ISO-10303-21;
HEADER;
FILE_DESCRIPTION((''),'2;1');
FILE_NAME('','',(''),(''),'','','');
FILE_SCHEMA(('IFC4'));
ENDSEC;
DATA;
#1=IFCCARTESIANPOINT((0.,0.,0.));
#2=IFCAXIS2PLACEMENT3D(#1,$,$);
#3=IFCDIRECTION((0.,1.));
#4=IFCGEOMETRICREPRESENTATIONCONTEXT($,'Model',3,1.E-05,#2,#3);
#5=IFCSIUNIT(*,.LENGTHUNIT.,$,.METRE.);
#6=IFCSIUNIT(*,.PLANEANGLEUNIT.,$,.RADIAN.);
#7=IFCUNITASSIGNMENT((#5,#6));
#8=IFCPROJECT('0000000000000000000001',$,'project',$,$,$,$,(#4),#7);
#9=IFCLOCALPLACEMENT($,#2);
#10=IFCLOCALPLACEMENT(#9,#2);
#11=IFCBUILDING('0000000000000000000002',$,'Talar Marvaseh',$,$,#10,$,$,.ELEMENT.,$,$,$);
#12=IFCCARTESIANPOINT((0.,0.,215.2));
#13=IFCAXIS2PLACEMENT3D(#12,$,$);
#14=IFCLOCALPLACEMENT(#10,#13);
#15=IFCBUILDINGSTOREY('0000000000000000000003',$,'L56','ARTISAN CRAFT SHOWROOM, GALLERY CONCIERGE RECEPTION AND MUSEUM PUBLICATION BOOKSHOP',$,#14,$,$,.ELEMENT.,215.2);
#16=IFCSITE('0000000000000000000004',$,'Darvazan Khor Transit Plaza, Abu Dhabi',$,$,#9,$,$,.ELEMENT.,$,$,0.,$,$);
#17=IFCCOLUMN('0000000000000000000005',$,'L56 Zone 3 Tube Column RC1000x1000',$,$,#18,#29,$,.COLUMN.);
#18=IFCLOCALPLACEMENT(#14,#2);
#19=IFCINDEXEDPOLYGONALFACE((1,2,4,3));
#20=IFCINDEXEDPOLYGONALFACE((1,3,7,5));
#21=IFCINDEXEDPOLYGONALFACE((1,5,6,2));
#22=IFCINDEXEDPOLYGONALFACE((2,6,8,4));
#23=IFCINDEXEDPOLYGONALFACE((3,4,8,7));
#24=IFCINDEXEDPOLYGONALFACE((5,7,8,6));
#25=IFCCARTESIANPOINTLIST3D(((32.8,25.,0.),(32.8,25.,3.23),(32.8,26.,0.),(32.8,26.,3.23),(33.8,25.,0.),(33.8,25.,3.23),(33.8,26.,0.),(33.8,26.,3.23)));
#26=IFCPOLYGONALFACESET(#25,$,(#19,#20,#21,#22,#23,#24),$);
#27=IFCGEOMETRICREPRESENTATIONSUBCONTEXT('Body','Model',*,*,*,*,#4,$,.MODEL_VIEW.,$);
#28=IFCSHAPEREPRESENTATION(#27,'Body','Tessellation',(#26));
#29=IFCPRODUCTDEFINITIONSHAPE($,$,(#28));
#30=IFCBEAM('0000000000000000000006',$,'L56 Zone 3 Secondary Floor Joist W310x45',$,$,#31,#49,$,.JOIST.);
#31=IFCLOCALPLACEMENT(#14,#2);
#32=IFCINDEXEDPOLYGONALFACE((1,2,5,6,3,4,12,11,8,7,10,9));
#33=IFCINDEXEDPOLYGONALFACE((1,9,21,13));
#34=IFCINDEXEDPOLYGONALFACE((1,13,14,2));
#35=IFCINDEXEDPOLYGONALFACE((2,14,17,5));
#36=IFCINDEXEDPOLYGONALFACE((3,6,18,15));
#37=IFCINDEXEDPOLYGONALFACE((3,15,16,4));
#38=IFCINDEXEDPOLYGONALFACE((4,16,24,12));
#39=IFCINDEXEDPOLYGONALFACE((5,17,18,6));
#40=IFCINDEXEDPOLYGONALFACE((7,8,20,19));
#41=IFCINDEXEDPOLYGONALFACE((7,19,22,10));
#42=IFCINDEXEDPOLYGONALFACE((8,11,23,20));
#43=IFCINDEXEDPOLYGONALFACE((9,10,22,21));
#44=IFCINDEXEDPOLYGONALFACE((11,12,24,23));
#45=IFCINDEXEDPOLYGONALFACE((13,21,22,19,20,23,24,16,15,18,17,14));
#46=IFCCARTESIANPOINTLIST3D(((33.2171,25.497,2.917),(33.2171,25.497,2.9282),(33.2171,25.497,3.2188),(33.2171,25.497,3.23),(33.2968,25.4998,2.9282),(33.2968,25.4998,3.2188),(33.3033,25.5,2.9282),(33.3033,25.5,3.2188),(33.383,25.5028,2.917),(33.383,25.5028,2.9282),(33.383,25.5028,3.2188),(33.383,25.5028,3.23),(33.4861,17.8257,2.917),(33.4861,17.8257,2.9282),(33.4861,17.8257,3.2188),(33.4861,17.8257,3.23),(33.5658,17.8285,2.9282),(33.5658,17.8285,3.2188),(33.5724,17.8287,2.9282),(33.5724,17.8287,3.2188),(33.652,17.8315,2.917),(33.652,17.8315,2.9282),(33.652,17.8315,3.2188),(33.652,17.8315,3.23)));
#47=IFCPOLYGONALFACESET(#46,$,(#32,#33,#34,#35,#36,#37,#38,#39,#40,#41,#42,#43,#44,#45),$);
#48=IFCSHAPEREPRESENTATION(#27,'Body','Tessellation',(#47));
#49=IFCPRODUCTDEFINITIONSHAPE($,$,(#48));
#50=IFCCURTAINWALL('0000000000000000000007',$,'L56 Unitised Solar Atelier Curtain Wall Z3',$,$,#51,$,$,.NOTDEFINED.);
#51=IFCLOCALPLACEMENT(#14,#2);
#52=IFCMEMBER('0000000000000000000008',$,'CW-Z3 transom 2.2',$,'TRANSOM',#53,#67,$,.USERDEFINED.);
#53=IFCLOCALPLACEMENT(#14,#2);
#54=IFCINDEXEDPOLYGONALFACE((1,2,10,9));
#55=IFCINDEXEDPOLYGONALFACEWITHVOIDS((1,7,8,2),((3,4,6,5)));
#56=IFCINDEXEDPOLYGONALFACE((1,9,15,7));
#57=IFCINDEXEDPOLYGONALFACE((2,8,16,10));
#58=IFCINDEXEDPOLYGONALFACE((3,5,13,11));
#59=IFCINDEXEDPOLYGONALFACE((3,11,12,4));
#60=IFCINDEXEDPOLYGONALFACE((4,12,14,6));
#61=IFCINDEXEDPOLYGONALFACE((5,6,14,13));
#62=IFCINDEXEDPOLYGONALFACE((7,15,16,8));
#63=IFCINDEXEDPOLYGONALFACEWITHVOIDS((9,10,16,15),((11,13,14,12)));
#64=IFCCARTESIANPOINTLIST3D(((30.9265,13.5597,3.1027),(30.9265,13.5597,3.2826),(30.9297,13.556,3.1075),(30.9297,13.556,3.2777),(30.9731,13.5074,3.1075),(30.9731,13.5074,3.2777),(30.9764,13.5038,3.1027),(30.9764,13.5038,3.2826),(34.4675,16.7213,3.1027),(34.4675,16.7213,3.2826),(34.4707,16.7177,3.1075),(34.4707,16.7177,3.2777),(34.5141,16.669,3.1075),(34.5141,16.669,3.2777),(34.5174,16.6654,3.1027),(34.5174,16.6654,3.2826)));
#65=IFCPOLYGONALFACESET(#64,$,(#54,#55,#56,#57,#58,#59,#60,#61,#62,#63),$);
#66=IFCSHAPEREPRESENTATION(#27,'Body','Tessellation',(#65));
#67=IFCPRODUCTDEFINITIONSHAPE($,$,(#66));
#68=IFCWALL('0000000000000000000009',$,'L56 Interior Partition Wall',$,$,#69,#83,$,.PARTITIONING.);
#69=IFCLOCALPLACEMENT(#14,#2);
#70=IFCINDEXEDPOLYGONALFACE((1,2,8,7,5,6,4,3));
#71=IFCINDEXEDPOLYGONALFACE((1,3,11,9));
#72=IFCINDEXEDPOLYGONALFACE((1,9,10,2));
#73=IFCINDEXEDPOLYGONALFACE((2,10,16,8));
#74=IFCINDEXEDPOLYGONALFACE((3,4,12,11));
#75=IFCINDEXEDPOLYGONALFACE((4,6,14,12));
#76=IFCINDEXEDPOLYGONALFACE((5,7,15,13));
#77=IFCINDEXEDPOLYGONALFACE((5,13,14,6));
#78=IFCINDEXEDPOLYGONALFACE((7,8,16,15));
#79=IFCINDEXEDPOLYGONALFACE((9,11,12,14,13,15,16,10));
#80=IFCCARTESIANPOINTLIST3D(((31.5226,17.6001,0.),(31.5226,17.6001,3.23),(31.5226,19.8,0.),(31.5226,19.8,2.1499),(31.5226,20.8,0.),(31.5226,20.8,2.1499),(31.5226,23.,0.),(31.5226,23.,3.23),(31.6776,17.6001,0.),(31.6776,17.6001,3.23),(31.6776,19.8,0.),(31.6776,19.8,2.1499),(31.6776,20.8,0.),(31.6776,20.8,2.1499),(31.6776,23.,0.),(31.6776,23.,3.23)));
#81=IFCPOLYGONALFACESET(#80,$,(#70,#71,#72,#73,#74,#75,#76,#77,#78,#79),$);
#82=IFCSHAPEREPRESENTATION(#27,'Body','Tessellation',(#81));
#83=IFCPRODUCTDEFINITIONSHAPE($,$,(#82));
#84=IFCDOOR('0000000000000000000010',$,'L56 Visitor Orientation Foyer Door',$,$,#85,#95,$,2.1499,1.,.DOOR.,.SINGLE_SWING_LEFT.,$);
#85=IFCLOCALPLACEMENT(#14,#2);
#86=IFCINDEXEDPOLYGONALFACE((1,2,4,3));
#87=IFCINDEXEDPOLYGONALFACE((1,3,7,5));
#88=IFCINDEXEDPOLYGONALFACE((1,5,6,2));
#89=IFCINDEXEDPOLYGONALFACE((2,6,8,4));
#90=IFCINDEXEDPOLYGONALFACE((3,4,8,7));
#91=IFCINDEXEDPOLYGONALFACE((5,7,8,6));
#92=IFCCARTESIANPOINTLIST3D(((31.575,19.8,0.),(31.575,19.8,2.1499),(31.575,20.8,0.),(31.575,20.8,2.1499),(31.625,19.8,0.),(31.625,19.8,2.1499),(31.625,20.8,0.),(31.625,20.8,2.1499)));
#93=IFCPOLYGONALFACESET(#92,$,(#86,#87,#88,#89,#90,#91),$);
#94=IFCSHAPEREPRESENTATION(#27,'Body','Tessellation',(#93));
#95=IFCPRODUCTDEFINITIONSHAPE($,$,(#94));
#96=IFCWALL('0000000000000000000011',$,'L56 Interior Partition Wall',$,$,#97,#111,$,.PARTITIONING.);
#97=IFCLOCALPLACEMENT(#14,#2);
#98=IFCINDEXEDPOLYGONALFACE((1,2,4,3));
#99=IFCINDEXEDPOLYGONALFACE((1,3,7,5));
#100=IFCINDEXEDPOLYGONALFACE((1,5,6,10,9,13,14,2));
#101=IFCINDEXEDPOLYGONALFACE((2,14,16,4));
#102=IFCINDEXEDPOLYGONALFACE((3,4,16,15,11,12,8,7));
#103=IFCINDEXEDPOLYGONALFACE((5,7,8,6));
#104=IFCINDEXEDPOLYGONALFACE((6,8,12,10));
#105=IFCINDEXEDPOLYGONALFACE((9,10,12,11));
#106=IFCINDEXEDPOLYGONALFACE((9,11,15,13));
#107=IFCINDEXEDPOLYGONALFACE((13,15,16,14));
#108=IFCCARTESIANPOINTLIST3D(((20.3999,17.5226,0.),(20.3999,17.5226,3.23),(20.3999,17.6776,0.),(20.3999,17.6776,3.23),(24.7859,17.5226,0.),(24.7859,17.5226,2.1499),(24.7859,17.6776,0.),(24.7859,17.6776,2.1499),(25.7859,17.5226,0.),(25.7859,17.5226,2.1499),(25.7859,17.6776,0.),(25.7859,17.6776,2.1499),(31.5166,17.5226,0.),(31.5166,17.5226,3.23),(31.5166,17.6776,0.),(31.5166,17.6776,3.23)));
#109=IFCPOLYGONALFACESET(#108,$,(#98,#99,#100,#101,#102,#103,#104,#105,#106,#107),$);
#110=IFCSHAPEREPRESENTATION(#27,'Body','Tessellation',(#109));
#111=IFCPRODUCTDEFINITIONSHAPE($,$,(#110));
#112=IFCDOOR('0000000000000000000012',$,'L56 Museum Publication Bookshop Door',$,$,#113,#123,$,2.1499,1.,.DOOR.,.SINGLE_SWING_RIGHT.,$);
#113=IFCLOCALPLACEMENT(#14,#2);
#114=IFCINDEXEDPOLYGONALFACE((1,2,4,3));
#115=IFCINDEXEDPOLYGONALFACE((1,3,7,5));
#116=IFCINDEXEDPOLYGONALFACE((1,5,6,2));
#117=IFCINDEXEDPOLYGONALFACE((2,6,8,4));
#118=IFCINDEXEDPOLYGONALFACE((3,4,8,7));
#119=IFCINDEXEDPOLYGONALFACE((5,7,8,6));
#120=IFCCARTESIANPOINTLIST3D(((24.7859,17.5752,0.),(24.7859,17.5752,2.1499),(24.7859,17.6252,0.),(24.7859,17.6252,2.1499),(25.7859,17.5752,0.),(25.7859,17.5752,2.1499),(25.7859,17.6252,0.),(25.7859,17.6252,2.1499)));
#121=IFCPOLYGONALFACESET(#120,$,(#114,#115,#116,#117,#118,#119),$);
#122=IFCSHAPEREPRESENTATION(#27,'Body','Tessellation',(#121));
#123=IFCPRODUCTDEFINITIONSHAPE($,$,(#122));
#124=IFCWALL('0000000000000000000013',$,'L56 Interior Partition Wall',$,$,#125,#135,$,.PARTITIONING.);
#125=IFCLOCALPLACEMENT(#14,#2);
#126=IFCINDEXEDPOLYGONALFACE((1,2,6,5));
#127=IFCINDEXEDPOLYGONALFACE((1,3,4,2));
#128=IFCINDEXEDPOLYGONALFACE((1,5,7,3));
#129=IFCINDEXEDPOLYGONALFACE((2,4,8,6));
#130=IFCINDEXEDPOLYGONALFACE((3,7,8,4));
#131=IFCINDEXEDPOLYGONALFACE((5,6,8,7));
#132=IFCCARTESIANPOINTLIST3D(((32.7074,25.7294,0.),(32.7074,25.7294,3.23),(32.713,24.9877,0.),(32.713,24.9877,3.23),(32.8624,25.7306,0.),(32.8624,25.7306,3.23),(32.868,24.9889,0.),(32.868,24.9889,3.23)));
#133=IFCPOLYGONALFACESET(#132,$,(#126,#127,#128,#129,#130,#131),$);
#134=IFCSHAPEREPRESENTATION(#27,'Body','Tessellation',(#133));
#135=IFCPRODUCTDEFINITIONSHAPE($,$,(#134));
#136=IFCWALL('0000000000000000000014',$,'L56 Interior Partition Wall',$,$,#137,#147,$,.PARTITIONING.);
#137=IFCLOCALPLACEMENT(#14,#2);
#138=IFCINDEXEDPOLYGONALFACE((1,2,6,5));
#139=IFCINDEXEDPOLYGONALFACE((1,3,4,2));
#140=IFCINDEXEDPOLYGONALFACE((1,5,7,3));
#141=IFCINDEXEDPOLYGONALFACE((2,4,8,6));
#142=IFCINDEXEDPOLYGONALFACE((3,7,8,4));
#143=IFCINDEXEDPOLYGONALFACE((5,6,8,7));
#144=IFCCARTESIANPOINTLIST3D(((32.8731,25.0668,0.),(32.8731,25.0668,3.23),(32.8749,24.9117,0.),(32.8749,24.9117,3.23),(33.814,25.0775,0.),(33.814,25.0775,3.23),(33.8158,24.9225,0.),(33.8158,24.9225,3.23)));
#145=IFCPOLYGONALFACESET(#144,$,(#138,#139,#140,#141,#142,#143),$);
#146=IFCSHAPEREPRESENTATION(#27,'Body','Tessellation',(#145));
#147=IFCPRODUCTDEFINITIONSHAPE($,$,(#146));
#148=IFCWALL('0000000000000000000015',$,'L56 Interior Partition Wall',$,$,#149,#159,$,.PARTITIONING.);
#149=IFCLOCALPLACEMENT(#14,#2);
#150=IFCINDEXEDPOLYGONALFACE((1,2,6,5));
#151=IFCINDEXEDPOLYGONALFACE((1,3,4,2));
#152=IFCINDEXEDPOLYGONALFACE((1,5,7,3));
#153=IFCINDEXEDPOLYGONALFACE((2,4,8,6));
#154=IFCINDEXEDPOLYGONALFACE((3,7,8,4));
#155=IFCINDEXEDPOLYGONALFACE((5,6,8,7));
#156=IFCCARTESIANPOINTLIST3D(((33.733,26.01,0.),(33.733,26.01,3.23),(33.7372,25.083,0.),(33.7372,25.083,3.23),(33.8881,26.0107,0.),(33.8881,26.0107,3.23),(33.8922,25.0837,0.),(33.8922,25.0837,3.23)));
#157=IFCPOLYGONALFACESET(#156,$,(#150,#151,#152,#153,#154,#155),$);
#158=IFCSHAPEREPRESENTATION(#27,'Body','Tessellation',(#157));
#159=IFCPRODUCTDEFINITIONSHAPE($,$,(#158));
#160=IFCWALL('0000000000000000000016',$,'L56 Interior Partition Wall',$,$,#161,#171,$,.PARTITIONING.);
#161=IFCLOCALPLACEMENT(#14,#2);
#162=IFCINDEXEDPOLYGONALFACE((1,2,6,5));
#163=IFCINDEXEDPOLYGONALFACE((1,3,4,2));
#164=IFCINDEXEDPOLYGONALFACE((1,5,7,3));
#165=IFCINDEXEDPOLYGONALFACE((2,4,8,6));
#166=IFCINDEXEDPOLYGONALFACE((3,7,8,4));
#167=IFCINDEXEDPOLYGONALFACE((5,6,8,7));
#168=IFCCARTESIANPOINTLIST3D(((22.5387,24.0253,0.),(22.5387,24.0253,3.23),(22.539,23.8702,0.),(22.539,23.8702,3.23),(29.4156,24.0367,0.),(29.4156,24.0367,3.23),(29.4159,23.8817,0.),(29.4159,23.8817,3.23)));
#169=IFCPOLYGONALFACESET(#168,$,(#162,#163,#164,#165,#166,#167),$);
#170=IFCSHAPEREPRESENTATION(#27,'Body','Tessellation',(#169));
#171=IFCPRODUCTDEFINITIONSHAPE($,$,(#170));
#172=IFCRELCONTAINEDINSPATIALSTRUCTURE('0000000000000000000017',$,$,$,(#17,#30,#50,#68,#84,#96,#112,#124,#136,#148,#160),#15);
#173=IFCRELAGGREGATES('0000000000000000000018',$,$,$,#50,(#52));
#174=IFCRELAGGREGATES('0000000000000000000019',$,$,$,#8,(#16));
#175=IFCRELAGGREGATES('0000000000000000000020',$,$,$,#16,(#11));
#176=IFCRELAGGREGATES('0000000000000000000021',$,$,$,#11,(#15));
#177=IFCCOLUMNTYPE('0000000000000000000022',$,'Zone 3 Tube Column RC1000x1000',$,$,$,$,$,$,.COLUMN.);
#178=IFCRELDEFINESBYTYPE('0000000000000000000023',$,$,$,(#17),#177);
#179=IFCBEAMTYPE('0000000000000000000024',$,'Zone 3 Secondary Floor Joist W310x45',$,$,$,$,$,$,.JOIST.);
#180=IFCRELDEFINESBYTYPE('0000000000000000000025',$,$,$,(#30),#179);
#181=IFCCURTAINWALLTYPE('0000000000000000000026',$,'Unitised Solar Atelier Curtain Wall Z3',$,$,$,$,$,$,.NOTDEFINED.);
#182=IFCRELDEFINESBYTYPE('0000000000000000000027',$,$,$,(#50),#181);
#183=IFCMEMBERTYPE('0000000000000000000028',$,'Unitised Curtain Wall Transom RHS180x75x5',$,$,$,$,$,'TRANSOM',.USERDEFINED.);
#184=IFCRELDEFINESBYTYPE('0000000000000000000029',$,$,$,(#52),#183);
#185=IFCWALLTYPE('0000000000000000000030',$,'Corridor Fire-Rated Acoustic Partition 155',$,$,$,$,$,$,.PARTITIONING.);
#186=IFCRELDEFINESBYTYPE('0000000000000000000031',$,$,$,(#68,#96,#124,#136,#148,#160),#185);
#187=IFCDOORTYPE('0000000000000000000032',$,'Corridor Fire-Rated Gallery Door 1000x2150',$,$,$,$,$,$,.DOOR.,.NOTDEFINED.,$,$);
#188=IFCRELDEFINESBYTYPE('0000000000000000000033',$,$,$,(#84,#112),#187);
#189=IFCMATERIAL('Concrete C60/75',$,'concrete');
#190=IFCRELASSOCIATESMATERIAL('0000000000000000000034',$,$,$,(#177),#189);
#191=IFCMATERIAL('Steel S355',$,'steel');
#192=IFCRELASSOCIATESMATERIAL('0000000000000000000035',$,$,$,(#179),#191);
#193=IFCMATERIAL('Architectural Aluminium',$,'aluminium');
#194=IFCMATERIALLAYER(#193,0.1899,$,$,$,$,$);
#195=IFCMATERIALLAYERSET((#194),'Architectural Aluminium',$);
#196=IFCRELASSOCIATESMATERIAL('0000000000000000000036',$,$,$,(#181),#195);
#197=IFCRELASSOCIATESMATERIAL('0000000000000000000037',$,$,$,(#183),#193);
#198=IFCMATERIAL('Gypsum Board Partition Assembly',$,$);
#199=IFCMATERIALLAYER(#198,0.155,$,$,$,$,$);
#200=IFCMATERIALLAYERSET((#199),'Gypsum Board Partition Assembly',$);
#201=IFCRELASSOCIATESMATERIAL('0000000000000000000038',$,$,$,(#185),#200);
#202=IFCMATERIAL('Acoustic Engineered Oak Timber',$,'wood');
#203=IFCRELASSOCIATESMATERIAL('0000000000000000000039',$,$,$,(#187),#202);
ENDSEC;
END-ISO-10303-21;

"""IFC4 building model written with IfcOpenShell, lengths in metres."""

from ifc_helpers import new_model, si_unit, direction, frame, frame_2d, origin, origin_2d, place, context, subcontext, project, spatial, rectangle, hollow_rectangle, i_section, extrude, source, transform, mapped, material, layer, layer_set, material_profile, profile_set, type_object, type_shapes, element, fill, aggregate, save


model = new_model("IFC4")

# Units and contexts
model_context = context("Model", 3, precision=1e-05, world=origin(), true_north=direction((0.0, 1.0)))
body_context = subcontext(model_context, "Body", "Model", "MODEL_VIEW")
ifc_project = project(units=[si_unit("LENGTHUNIT", "METRE"), si_unit("PLANEANGLEUNIT", "RADIAN")], contexts=[model_context])

# Site, building, storey
site_placement = place(None, origin())
site = spatial("IfcSite", under=ifc_project, at=site_placement, Name="Darvazan Khor Transit Plaza, Abu Dhabi", CompositionType="ELEMENT", RefElevation=0.0)
building_placement = place(site_placement, origin())
building = spatial("IfcBuilding", under=site, at=building_placement, Name="Talar Marvaseh", CompositionType="ELEMENT")
storey_placement = place(building_placement, frame((0.0, 0.0, 215.2)))
storey = spatial("IfcBuildingStorey", under=building, at=storey_placement, Name="L56", Description="ARTISAN CRAFT SHOWROOM, GALLERY CONCIERGE RECEPTION AND MUSEUM PUBLICATION BOOKSHOP", CompositionType="ELEMENT", Elevation=215.2)

# Column
ifc_material_1 = material(Name="Concrete C60/75", Category="concrete")
ifc_material_profile_1 = material_profile(ifc_material_1, rectangle(XDim=1.0, YDim=1.0, at=origin_2d()), Name="RC1000x1000")
ifc_profile_set_1 = profile_set([ifc_material_profile_1], Name="Concrete C60/75")
column_type = type_object("IfcColumnType", Name="Zone 3 Tube Column RC1000x1000", PredefinedType="COLUMN", material=ifc_profile_set_1)
column_placement = place(storey_placement, frame((33.3, 25.5, 0.0), z_axis=(0.0, 0.0, 1.0), x_axis=(1.0, 0.0, 0.0)))
element("IfcColumn", 1, at=column_placement, inside=storey, type_object=column_type, Name="L56 Zone 3 Tube Column RC1000x1000", PredefinedType="COLUMN", context=body_context, shape_type="SweptSolid", body=[
    extrude(rectangle(XDim=1.0, YDim=1.0, at=origin_2d()), origin(), (0.0, 0.0, 1.0), 3.23),
])

# Beam
ifc_material_2 = material(Name="Steel S355", Category="steel")
ifc_material_profile_2 = material_profile(ifc_material_2, i_section(OverallWidth=0.166, OverallDepth=0.313, WebThickness=0.0066, FlangeThickness=0.0112, at=origin_2d()), Name="W310x45")
ifc_profile_set_2 = profile_set([ifc_material_profile_2], Name="Steel S355")
beam_type = type_object("IfcBeamType", Name="Zone 3 Secondary Floor Joist W310x45", PredefinedType="JOIST", material=ifc_profile_set_2)
beam_placement = place(storey_placement, frame((33.5691, 17.8286, 3.0735), z_axis=(-0.035049, 0.999386, 0.0), x_axis=(-0.999386, -0.035049, 0.0)))
element("IfcBeam", 2, at=beam_placement, inside=storey, type_object=beam_type, Name="L56 Zone 3 Secondary Floor Joist W310x45", PredefinedType="JOIST", context=body_context, shape_type="SweptSolid", body=[
    extrude(i_section(OverallWidth=0.166, OverallDepth=0.313, WebThickness=0.0066, FlangeThickness=0.0112, at=origin_2d()), origin(), (0.0, 0.0, 1.0), 7.676),
])

# Curtain wall, member
ifc_material_3 = material(Name="Architectural Aluminium", Category="aluminium")
ifc_layer_1 = layer(ifc_material_3, 0.1899)
ifc_layer_set_1 = layer_set([ifc_layer_1], Name="Architectural Aluminium")
curtain_wall_type = type_object("IfcCurtainWallType", Name="Unitised Solar Atelier Curtain Wall Z3", PredefinedType="NOTDEFINED", material=ifc_layer_set_1)
curtain_wall_placement = place(storey_placement, origin())
curtain_wall = element("IfcCurtainWall", 3, at=curtain_wall_placement, inside=storey, type_object=curtain_wall_type, Name="L56 Unitised Solar Atelier Curtain Wall Z3", PredefinedType="NOTDEFINED")
ifc_material_profile_3 = material_profile(ifc_material_3, hollow_rectangle(XDim=0.075, YDim=0.1799, WallThickness=0.0049, at=origin_2d()), Name="RHS180x75x5")
ifc_profile_set_3 = profile_set([ifc_material_profile_3], Name="Architectural Aluminium")
member_type = type_object("IfcMemberType", Name="Unitised Curtain Wall Transom RHS180x75x5", ElementType="TRANSOM", PredefinedType="USERDEFINED", material=ifc_profile_set_3)
shared_shape_1 = source(origin(), body_context, "Body", "SweptSolid", [
    extrude(hollow_rectangle(XDim=0.075, YDim=0.1799, WallThickness=0.0049, at=origin_2d()), origin(), (0.0, 0.0, 1.0), 4.7471),
])
type_shapes(member_type, [shared_shape_1])
member_placement = place(storey_placement, frame((34.4924, 16.6934, 3.1926), z_axis=(-0.745938, -0.666016, 0.0), x_axis=(0.666016, -0.745938, 0.0)))
member = element("IfcMember", 4, at=member_placement, type_object=member_type, Name="CW-Z3 transom 2.2", ObjectType="TRANSOM", PredefinedType="USERDEFINED", context=body_context, shape_type="MappedRepresentation", body=[
    mapped(shared_shape_1, transform((0.0, 0.0, 0.0), x_axis=(1.0, 0.0, 0.0), y_axis=(0.0, 1.0, 0.0), z_axis=(0.0, 0.0, 1.0), scale=1.0)),
])
aggregate(curtain_wall, [member])

# Walls, openings, doors
ifc_material_4 = material(Name="Gypsum Board Partition Assembly")
ifc_layer_2 = layer(ifc_material_4, 0.155)
ifc_layer_set_2 = layer_set([ifc_layer_2], Name="Gypsum Board Partition Assembly")
wall_type_1 = type_object("IfcWallType", Name="Corridor Fire-Rated Acoustic Partition 155", PredefinedType="PARTITIONING", material=ifc_layer_set_2)
wall_1_placement = place(storey_placement, frame((31.6001, 23.0, 0.0), z_axis=(0.0, 0.0, 1.0), x_axis=(0.0, -1.0, 0.0)))
wall_1 = element("IfcWall", 5, at=wall_1_placement, inside=storey, type_object=wall_type_1, Name="L56 Interior Partition Wall", PredefinedType="PARTITIONING", context=body_context, shape_type="SweptSolid", body=[
    extrude(rectangle(XDim=5.3999, YDim=0.155, at=frame_2d((2.7, 0.0))), origin(), (0.0, 0.0, 1.0), 3.23),
])
opening_1_placement = place(wall_1_placement, frame((2.2, 0.0, 0.0)))
opening_1 = element("IfcOpeningElement", 6, at=opening_1_placement, cuts=wall_1, PredefinedType="OPENING", context=body_context, shape_type="SweptSolid", body=[
    extrude(rectangle(XDim=1.0, YDim=2.1499, at=frame_2d((0.5, 1.075))), frame((0.0, 0.0874, 0.0), z_axis=(0.0, -1.0, 0.0), x_axis=(1.0, 0.0, 0.0)), (0.0, 0.0, 1.0), 0.175),
])
ifc_material_5 = material(Name="Acoustic Engineered Oak Timber", Category="wood")
door_type = type_object("IfcDoorType", Name="Corridor Fire-Rated Gallery Door 1000x2150", OperationType="NOTDEFINED", PredefinedType="DOOR", material=ifc_material_5)
shared_shape_2 = source(origin(), body_context, "Body", "SweptSolid", [
    extrude(rectangle(XDim=1.0, YDim=2.1499, at=frame_2d((0.5, 1.075))), frame((0.0, 0.0249, 0.0), z_axis=(0.0, -1.0, 0.0), x_axis=(1.0, 0.0, 0.0)), (0.0, 0.0, 1.0), 0.05),
])
type_shapes(door_type, [shared_shape_2])
door_1_placement = place(opening_1_placement, origin())
door_1 = element("IfcDoor", 7, at=door_1_placement, inside=storey, type_object=door_type, Name="L56 Visitor Orientation Foyer Door", OperationType="SINGLE_SWING_LEFT", OverallHeight=2.1499, OverallWidth=1.0, PredefinedType="DOOR", context=body_context, shape_type="MappedRepresentation", body=[
    mapped(shared_shape_2, transform((0.0, 0.0, 0.0), x_axis=(1.0, 0.0, 0.0), y_axis=(0.0, 1.0, 0.0), z_axis=(0.0, 0.0, 1.0), scale=1.0)),
])
fill(opening_1, door_1)
wall_2_placement = place(storey_placement, frame((31.5166, 17.6001, 0.0), z_axis=(0.0, 0.0, 1.0), x_axis=(-1.0, 0.0, 0.0)))
wall_2 = element("IfcWall", 8, at=wall_2_placement, inside=storey, type_object=wall_type_1, Name="L56 Interior Partition Wall", PredefinedType="PARTITIONING", context=body_context, shape_type="SweptSolid", body=[
    extrude(rectangle(XDim=11.1167, YDim=0.155, at=frame_2d((5.5583, 0.0))), origin(), (0.0, 0.0, 1.0), 3.23),
])
opening_2_placement = place(wall_2_placement, frame((5.7307, 0.0, 0.0)))
opening_2 = element("IfcOpeningElement", 9, at=opening_2_placement, cuts=wall_2, PredefinedType="OPENING", context=body_context, shape_type="SweptSolid", body=[
    extrude(rectangle(XDim=1.0, YDim=2.1499, at=frame_2d((0.5, 1.075))), frame((0.0, 0.0874, 0.0), z_axis=(0.0, -1.0, 0.0), x_axis=(1.0, 0.0, 0.0)), (0.0, 0.0, 1.0), 0.175),
])
door_2_placement = place(opening_2_placement, origin())
door_2 = element("IfcDoor", 10, at=door_2_placement, inside=storey, type_object=door_type, Name="L56 Museum Publication Bookshop Door", OperationType="SINGLE_SWING_RIGHT", OverallHeight=2.1499, OverallWidth=1.0, PredefinedType="DOOR", context=body_context, shape_type="MappedRepresentation", body=[
    mapped(shared_shape_2, transform((0.0, 0.0, 0.0), x_axis=(1.0, 0.0, 0.0), y_axis=(0.0, 1.0, 0.0), z_axis=(0.0, 0.0, 1.0), scale=1.0)),
])
fill(opening_2, door_2)

# Walls
wall_3_placement = place(storey_placement, frame((32.7849, 25.73, 0.0), z_axis=(0.0, 0.0, 1.0), x_axis=(0.007571, -0.999971, 0.0)))
element("IfcWall", 11, at=wall_3_placement, inside=storey, type_object=wall_type_1, Name="L56 Interior Partition Wall", PredefinedType="PARTITIONING", context=body_context, shape_type="SweptSolid", body=[
    extrude(rectangle(XDim=0.7417, YDim=0.155, at=frame_2d((0.3708, 0.0))), origin(), (0.0, 0.0, 1.0), 3.23),
])
wall_4_placement = place(storey_placement, frame((32.874, 24.9893, 0.0), z_axis=(0.0, 0.0, 1.0), x_axis=(0.999935, 0.011416, 0.0)))
element("IfcWall", 12, at=wall_4_placement, inside=storey, type_object=wall_type_1, Name="L56 Interior Partition Wall", PredefinedType="PARTITIONING", context=body_context, shape_type="SweptSolid", body=[
    extrude(rectangle(XDim=0.9409, YDim=0.155, at=frame_2d((0.4705, 0.0))), origin(), (0.0, 0.0, 1.0), 3.23),
])
wall_5_placement = place(storey_placement, frame((33.8147, 25.0835, 0.0), z_axis=(0.0, 0.0, 1.0), x_axis=(-0.004477, 0.99999, 0.0)))
element("IfcWall", 13, at=wall_5_placement, inside=storey, type_object=wall_type_1, Name="L56 Interior Partition Wall", PredefinedType="PARTITIONING", context=body_context, shape_type="SweptSolid", body=[
    extrude(rectangle(XDim=0.927, YDim=0.155, at=frame_2d((0.4634, 0.0))), origin(), (0.0, 0.0, 1.0), 3.23),
])
wall_6_placement = place(storey_placement, frame((29.4158, 23.9592, 0.0), z_axis=(0.0, 0.0, 1.0), x_axis=(-0.999999, -0.001669, 0.0)))
element("IfcWall", 14, at=wall_6_placement, inside=storey, type_object=wall_type_1, Name="L56 Interior Partition Wall", PredefinedType="PARTITIONING", context=body_context, shape_type="SweptSolid", body=[
    extrude(rectangle(XDim=6.877, YDim=0.155, at=frame_2d((3.4385, 0.0))), origin(), (0.0, 0.0, 1.0), 3.23),
])

save(model, "model.ifc")
